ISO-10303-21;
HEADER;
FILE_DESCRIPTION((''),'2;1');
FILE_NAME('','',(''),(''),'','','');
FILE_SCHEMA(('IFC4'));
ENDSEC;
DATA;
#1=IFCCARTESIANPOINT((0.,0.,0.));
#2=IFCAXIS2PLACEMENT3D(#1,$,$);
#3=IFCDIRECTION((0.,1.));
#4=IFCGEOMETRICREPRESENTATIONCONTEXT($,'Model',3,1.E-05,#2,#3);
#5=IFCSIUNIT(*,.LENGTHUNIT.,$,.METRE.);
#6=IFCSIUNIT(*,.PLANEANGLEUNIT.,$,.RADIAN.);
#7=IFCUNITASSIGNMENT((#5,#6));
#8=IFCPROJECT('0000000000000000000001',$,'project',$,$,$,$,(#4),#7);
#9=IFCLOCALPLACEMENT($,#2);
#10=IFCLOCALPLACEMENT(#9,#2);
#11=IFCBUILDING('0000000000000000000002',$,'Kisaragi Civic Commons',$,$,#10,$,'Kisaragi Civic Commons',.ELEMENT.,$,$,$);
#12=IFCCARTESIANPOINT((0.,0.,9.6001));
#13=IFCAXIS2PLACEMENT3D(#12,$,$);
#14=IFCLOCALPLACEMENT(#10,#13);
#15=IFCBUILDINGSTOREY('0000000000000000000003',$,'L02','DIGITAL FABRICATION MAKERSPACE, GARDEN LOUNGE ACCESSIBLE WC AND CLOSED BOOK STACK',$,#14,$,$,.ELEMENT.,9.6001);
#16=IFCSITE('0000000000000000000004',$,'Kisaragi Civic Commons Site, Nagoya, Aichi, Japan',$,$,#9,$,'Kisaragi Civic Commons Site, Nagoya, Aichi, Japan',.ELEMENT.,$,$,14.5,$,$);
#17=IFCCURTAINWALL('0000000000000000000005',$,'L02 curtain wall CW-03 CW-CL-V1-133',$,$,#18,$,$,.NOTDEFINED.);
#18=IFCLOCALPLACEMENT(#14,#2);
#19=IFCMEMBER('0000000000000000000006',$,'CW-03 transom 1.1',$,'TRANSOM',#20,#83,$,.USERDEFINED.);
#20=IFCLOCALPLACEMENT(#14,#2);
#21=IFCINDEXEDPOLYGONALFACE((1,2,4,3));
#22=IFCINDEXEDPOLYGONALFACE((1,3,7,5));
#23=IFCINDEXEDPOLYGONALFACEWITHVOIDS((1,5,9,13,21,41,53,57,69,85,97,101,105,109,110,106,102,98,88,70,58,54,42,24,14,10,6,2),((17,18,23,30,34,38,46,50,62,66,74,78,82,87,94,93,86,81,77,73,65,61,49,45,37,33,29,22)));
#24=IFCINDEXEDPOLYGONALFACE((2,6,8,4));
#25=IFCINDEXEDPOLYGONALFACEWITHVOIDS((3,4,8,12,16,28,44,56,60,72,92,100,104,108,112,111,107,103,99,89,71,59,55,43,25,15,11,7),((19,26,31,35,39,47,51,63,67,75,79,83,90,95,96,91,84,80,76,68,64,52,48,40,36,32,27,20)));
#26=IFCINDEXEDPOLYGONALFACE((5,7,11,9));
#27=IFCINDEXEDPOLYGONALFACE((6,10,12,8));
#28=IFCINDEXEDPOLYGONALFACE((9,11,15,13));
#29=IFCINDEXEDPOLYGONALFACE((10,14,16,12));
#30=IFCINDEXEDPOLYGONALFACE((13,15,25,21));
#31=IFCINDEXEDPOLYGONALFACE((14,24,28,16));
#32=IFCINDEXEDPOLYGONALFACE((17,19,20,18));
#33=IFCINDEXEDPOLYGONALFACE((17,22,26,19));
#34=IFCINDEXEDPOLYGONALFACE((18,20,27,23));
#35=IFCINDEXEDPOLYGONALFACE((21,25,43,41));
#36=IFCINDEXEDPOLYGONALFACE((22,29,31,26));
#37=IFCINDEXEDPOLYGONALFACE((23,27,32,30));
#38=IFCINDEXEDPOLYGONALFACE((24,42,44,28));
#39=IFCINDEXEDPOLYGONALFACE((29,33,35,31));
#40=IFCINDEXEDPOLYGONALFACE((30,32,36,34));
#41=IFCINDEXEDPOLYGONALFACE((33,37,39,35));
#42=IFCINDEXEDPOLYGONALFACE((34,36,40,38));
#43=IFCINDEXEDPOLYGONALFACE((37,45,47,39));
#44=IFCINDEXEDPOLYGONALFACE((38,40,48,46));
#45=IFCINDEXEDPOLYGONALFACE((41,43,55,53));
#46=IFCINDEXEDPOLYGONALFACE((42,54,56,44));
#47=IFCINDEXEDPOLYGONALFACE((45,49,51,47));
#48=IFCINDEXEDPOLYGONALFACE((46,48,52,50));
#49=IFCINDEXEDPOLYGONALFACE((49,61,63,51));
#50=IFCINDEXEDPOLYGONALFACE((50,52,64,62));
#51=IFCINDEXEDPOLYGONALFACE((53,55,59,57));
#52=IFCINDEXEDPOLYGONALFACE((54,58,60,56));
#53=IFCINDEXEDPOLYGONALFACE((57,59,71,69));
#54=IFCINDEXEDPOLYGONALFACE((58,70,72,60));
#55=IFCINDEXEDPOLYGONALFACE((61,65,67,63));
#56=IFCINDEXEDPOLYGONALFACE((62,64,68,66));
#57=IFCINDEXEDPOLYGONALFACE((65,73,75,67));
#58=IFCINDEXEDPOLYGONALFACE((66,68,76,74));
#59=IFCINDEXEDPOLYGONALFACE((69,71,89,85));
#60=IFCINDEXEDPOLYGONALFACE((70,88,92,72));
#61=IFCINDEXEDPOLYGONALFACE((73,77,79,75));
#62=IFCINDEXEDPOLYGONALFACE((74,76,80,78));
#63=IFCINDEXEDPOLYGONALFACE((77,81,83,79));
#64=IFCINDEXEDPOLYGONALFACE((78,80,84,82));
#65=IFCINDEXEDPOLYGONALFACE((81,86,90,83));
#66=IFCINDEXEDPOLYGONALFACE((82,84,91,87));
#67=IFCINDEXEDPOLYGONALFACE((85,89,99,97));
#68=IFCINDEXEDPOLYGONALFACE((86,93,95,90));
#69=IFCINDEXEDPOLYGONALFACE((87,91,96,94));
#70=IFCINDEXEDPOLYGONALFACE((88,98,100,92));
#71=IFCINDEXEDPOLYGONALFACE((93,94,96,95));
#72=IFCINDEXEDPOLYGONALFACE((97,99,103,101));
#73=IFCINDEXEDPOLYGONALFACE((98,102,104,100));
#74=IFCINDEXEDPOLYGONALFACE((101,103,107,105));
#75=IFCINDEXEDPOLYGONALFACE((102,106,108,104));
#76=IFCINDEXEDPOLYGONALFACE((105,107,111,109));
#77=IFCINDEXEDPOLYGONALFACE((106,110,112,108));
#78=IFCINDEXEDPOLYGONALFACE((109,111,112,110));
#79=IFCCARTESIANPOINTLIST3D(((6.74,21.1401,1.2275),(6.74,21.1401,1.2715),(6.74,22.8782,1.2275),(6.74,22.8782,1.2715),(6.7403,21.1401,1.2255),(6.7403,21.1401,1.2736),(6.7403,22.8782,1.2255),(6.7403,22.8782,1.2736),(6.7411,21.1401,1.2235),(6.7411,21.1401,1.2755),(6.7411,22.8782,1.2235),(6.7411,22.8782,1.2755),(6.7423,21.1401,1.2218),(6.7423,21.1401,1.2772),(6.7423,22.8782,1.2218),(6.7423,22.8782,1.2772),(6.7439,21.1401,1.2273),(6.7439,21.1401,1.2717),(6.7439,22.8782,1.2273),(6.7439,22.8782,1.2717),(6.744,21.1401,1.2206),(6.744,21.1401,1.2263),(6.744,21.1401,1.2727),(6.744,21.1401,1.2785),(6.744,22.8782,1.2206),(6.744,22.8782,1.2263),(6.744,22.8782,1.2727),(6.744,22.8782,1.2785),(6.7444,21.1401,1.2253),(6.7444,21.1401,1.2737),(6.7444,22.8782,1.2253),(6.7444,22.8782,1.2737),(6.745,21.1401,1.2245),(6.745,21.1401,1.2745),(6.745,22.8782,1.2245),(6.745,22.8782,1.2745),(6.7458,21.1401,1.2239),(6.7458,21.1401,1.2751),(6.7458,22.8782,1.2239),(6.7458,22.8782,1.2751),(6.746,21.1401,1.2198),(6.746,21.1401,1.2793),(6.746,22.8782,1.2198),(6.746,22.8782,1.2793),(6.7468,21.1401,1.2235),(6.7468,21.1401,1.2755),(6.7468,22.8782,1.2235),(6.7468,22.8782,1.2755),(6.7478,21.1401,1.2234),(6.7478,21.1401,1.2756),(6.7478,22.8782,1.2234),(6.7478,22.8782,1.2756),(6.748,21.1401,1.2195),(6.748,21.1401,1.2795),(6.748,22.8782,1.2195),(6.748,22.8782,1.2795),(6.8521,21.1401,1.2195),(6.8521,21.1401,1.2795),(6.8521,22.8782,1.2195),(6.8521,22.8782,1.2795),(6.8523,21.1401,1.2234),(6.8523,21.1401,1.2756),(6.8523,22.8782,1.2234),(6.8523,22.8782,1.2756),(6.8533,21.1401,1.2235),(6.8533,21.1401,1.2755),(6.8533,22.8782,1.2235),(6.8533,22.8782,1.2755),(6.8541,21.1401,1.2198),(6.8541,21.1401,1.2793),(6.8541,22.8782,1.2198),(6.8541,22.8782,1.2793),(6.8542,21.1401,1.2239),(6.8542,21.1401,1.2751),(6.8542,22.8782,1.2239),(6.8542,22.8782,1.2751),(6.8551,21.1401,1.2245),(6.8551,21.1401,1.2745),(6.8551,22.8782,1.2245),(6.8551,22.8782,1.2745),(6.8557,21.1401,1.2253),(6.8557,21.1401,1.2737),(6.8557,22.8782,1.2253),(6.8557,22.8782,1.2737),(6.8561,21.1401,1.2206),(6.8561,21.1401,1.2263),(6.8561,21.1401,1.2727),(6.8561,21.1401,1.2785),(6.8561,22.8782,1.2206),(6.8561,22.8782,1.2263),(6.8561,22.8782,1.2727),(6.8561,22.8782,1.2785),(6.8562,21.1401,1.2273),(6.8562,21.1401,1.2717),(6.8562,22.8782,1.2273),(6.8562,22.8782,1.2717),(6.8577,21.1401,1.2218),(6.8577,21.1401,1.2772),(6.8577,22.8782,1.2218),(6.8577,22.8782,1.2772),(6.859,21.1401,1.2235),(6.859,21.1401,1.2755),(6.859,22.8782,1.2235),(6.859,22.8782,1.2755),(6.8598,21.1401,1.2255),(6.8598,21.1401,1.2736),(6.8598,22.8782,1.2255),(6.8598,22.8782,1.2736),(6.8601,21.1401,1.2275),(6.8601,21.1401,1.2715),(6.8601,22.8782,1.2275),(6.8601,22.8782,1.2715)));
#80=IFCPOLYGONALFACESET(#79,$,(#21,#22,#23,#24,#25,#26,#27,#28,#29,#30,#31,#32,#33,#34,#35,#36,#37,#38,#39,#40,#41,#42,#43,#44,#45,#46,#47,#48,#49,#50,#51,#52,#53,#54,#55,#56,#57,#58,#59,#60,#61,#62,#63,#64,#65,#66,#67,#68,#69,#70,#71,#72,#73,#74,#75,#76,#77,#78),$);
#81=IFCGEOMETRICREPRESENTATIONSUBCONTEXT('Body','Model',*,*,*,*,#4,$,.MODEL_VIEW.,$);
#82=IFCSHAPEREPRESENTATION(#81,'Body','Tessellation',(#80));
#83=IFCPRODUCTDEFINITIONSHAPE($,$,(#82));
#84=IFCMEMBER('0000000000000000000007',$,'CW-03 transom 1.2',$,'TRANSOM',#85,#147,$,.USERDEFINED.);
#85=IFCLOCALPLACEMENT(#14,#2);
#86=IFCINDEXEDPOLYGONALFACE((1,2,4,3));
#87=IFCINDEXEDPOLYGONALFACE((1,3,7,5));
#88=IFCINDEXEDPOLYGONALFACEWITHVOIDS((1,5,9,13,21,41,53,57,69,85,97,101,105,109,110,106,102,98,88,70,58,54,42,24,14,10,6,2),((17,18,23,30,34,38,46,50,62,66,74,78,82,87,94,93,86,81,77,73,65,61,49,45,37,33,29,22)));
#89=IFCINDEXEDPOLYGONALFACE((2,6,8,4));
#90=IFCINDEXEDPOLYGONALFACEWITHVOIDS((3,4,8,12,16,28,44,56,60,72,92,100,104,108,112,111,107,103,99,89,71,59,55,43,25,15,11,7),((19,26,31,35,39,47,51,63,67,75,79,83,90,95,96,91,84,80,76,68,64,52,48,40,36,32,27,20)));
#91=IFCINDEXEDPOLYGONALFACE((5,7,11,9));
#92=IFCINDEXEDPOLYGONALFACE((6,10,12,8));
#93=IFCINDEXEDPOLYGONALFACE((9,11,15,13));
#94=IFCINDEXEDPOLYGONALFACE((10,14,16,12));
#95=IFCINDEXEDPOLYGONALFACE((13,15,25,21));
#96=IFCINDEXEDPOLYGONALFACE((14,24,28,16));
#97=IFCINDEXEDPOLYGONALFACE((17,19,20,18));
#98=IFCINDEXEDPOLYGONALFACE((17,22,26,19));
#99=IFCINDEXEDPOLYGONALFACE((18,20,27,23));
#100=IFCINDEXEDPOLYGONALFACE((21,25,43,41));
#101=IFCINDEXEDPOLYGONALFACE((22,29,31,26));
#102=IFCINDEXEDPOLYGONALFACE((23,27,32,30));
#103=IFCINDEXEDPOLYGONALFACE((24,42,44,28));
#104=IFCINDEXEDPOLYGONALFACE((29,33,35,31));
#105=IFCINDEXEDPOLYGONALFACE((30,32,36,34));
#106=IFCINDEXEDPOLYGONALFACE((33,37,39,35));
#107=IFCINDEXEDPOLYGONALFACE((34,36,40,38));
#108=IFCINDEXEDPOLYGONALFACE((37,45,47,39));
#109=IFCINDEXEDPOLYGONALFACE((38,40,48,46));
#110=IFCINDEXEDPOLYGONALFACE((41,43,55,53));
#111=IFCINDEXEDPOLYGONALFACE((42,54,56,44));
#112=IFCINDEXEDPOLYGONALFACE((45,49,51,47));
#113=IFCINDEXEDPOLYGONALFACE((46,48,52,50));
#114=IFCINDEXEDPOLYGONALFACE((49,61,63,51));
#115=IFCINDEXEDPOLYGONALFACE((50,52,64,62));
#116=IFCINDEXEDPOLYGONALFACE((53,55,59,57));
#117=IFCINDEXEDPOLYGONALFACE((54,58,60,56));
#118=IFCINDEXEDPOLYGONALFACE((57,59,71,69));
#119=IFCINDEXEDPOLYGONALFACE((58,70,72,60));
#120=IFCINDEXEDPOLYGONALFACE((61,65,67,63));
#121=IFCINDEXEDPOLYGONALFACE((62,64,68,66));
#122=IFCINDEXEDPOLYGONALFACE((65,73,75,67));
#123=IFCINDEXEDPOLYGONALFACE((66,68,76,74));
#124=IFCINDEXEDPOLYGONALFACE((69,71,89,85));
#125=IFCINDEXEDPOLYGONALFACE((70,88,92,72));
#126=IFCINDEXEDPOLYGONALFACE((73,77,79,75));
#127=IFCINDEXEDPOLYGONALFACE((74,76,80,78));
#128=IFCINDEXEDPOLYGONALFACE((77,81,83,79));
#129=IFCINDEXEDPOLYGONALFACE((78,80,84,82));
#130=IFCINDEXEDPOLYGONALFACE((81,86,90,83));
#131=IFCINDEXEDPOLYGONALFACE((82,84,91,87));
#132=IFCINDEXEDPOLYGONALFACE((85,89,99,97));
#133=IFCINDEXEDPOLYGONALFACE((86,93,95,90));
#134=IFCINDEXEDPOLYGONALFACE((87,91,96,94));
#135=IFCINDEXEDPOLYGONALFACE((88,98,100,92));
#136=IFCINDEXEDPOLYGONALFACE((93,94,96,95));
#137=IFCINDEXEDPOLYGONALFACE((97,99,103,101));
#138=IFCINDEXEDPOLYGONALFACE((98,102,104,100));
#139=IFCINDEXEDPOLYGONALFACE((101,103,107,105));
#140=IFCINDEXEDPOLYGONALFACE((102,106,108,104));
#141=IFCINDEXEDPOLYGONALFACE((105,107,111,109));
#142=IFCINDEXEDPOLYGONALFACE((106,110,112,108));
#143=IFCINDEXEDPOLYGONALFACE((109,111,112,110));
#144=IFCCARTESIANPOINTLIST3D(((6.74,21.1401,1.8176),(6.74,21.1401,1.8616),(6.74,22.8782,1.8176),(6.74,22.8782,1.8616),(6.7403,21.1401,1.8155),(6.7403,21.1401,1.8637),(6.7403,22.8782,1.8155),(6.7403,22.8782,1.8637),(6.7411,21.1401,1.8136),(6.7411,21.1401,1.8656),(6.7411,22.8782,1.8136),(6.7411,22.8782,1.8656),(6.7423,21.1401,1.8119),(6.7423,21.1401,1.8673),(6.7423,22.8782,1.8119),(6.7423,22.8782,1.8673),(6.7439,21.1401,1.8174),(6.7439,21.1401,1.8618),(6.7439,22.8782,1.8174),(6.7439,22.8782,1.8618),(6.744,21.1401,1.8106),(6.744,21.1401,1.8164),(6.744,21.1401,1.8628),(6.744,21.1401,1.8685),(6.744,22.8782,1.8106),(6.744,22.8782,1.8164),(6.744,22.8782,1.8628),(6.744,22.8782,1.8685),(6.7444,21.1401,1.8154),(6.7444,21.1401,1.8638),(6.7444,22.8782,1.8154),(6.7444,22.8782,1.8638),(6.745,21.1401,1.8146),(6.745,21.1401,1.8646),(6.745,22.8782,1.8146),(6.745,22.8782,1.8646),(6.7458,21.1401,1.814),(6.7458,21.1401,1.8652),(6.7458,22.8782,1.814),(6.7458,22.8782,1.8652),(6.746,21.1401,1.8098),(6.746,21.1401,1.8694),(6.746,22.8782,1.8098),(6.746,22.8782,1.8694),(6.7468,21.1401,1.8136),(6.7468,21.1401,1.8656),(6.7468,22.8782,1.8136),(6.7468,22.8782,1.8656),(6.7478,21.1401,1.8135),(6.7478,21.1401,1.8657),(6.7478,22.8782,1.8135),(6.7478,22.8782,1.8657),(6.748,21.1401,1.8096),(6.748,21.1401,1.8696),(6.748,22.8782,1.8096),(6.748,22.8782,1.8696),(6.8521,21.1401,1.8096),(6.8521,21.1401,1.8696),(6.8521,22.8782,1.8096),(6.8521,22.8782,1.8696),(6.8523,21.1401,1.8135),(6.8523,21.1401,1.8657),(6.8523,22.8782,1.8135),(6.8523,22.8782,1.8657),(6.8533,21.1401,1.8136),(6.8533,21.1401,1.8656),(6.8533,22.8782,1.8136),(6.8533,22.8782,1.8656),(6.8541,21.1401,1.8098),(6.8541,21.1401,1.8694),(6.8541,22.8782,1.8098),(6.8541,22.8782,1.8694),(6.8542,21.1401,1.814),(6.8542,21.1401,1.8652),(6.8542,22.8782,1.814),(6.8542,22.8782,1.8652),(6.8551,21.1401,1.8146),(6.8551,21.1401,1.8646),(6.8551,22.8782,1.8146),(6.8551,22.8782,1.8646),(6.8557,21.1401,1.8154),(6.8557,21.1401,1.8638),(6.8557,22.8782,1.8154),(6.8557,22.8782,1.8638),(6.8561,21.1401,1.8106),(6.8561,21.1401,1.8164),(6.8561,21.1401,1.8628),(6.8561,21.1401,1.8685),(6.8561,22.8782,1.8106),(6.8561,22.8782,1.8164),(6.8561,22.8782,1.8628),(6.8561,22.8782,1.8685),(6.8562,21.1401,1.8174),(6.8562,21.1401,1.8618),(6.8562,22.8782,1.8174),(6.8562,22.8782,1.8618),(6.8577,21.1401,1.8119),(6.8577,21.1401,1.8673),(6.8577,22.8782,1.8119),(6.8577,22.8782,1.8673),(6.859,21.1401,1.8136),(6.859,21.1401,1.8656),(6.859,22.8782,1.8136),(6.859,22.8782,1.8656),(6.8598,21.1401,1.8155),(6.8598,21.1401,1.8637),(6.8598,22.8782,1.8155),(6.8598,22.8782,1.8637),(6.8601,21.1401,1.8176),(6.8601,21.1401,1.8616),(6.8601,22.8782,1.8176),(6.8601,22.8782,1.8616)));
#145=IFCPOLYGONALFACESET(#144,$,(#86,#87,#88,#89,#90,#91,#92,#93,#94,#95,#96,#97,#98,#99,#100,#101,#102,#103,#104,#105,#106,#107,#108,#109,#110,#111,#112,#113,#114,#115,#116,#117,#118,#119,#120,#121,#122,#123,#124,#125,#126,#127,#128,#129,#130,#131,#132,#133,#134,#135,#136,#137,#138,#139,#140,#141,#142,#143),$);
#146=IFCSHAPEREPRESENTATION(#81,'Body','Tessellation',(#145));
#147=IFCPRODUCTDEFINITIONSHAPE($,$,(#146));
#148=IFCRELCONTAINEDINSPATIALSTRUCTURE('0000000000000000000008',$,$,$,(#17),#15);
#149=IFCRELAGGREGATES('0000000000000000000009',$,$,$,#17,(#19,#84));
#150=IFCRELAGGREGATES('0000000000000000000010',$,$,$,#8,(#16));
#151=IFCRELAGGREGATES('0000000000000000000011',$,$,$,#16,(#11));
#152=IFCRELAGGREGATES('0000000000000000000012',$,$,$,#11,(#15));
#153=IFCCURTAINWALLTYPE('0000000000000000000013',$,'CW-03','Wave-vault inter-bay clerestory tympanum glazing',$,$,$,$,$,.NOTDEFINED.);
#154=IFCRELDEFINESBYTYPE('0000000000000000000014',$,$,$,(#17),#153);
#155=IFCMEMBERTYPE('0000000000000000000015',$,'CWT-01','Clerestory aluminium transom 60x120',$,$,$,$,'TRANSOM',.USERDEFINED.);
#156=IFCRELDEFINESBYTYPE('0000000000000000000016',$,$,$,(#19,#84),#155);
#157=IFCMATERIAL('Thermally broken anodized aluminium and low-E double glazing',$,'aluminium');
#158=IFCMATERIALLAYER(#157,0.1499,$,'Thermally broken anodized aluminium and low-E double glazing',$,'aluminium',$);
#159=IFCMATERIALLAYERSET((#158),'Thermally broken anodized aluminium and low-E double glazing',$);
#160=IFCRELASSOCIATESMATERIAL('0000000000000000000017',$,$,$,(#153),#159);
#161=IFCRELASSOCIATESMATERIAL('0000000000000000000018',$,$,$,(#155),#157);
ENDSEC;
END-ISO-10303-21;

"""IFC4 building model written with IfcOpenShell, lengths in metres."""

from ifc_helpers import new_model, si_unit, direction, frame, origin, origin_2d, place, context, subcontext, project, spatial, hollow_rectangle, extrude, material, layer, layer_set, material_profile, profile_set, type_object, element, aggregate, save


model = new_model("IFC4")

# Units and contexts
model_context = context("Model", 3, precision=1e-05, world=origin(), true_north=direction((0.0, 1.0)))
body_context = subcontext(model_context, "Body", "Model", "MODEL_VIEW")
ifc_project = project(units=[si_unit("LENGTHUNIT", "METRE"), si_unit("PLANEANGLEUNIT", "RADIAN")], contexts=[model_context])

# Site, building, storey
site_placement = place(None, origin())
site = spatial("IfcSite", under=ifc_project, at=site_placement, Name="Kisaragi Civic Commons Site, Nagoya, Aichi, Japan", LongName="Kisaragi Civic Commons Site, Nagoya, Aichi, Japan", CompositionType="ELEMENT", RefElevation=14.5)
building_placement = place(site_placement, origin())
building = spatial("IfcBuilding", under=site, at=building_placement, Name="Kisaragi Civic Commons", LongName="Kisaragi Civic Commons", CompositionType="ELEMENT")
storey_placement = place(building_placement, frame((0.0, 0.0, 9.6001)))
storey = spatial("IfcBuildingStorey", under=building, at=storey_placement, Name="L02", Description="DIGITAL FABRICATION MAKERSPACE, GARDEN LOUNGE ACCESSIBLE WC AND CLOSED BOOK STACK", CompositionType="ELEMENT", Elevation=9.6001)

# Curtain wall, members
ifc_material_1 = material(Name="Thermally broken anodized aluminium and low-E double glazing", Category="aluminium")
ifc_layer_1 = layer(ifc_material_1, 0.1499, Name="Thermally broken anodized aluminium and low-E double glazing", Category="aluminium")
ifc_layer_set_1 = layer_set([ifc_layer_1], Name="Thermally broken anodized aluminium and low-E double glazing")
curtain_wall_type = type_object("IfcCurtainWallType", Name="CW-03", Description="Wave-vault inter-bay clerestory tympanum glazing", PredefinedType="NOTDEFINED", material=ifc_layer_set_1)
curtain_wall_placement = place(storey_placement, origin())
curtain_wall = element("IfcCurtainWall", 1, at=curtain_wall_placement, inside=storey, type_object=curtain_wall_type, Name="L02 curtain wall CW-03 CW-CL-V1-133", PredefinedType="NOTDEFINED")
ifc_material_profile_1 = material_profile(ifc_material_1, hollow_rectangle(XDim=0.1201, YDim=0.0601, WallThickness=0.0039, InnerFilletRadius=0.0039, OuterFilletRadius=0.0081, at=origin_2d()), Name="CWT-60x120x4", Category="aluminium")
ifc_profile_set_1 = profile_set([ifc_material_profile_1], Name="Thermally broken anodized aluminium and low-E double glazing")
member_type_1 = type_object("IfcMemberType", Name="CWT-01", Description="Clerestory aluminium transom 60x120", ElementType="TRANSOM", PredefinedType="USERDEFINED", material=ifc_profile_set_1)
member_1_placement = place(storey_placement, frame((6.8, 21.1401, 1.2495), z_axis=(0.0, 1.0, 0.0), x_axis=(-1.0, 0.0, 0.0)))
member_1 = element("IfcMember", 2, at=member_1_placement, type_object=member_type_1, Name="CW-03 transom 1.1", ObjectType="TRANSOM", PredefinedType="USERDEFINED", context=body_context, shape_type="SweptSolid", body=[
    extrude(hollow_rectangle(XDim=0.1201, YDim=0.0601, WallThickness=0.0039, InnerFilletRadius=0.0039, OuterFilletRadius=0.0081, at=origin_2d()), origin(), (0.0, 0.0, 1.0), 1.738),
])
member_2_placement = place(storey_placement, frame((6.8, 21.1401, 1.8396), z_axis=(0.0, 1.0, 0.0), x_axis=(-1.0, 0.0, 0.0)))
member_2 = element("IfcMember", 3, at=member_2_placement, type_object=member_type_1, Name="CW-03 transom 1.2", ObjectType="TRANSOM", PredefinedType="USERDEFINED", context=body_context, shape_type="SweptSolid", body=[
    extrude(hollow_rectangle(XDim=0.1201, YDim=0.0601, WallThickness=0.0039, InnerFilletRadius=0.0039, OuterFilletRadius=0.0081, at=origin_2d()), origin(), (0.0, 0.0, 1.0), 1.738),
])

aggregate(curtain_wall, [member_1, member_2])

save(model, "model.ifc")
